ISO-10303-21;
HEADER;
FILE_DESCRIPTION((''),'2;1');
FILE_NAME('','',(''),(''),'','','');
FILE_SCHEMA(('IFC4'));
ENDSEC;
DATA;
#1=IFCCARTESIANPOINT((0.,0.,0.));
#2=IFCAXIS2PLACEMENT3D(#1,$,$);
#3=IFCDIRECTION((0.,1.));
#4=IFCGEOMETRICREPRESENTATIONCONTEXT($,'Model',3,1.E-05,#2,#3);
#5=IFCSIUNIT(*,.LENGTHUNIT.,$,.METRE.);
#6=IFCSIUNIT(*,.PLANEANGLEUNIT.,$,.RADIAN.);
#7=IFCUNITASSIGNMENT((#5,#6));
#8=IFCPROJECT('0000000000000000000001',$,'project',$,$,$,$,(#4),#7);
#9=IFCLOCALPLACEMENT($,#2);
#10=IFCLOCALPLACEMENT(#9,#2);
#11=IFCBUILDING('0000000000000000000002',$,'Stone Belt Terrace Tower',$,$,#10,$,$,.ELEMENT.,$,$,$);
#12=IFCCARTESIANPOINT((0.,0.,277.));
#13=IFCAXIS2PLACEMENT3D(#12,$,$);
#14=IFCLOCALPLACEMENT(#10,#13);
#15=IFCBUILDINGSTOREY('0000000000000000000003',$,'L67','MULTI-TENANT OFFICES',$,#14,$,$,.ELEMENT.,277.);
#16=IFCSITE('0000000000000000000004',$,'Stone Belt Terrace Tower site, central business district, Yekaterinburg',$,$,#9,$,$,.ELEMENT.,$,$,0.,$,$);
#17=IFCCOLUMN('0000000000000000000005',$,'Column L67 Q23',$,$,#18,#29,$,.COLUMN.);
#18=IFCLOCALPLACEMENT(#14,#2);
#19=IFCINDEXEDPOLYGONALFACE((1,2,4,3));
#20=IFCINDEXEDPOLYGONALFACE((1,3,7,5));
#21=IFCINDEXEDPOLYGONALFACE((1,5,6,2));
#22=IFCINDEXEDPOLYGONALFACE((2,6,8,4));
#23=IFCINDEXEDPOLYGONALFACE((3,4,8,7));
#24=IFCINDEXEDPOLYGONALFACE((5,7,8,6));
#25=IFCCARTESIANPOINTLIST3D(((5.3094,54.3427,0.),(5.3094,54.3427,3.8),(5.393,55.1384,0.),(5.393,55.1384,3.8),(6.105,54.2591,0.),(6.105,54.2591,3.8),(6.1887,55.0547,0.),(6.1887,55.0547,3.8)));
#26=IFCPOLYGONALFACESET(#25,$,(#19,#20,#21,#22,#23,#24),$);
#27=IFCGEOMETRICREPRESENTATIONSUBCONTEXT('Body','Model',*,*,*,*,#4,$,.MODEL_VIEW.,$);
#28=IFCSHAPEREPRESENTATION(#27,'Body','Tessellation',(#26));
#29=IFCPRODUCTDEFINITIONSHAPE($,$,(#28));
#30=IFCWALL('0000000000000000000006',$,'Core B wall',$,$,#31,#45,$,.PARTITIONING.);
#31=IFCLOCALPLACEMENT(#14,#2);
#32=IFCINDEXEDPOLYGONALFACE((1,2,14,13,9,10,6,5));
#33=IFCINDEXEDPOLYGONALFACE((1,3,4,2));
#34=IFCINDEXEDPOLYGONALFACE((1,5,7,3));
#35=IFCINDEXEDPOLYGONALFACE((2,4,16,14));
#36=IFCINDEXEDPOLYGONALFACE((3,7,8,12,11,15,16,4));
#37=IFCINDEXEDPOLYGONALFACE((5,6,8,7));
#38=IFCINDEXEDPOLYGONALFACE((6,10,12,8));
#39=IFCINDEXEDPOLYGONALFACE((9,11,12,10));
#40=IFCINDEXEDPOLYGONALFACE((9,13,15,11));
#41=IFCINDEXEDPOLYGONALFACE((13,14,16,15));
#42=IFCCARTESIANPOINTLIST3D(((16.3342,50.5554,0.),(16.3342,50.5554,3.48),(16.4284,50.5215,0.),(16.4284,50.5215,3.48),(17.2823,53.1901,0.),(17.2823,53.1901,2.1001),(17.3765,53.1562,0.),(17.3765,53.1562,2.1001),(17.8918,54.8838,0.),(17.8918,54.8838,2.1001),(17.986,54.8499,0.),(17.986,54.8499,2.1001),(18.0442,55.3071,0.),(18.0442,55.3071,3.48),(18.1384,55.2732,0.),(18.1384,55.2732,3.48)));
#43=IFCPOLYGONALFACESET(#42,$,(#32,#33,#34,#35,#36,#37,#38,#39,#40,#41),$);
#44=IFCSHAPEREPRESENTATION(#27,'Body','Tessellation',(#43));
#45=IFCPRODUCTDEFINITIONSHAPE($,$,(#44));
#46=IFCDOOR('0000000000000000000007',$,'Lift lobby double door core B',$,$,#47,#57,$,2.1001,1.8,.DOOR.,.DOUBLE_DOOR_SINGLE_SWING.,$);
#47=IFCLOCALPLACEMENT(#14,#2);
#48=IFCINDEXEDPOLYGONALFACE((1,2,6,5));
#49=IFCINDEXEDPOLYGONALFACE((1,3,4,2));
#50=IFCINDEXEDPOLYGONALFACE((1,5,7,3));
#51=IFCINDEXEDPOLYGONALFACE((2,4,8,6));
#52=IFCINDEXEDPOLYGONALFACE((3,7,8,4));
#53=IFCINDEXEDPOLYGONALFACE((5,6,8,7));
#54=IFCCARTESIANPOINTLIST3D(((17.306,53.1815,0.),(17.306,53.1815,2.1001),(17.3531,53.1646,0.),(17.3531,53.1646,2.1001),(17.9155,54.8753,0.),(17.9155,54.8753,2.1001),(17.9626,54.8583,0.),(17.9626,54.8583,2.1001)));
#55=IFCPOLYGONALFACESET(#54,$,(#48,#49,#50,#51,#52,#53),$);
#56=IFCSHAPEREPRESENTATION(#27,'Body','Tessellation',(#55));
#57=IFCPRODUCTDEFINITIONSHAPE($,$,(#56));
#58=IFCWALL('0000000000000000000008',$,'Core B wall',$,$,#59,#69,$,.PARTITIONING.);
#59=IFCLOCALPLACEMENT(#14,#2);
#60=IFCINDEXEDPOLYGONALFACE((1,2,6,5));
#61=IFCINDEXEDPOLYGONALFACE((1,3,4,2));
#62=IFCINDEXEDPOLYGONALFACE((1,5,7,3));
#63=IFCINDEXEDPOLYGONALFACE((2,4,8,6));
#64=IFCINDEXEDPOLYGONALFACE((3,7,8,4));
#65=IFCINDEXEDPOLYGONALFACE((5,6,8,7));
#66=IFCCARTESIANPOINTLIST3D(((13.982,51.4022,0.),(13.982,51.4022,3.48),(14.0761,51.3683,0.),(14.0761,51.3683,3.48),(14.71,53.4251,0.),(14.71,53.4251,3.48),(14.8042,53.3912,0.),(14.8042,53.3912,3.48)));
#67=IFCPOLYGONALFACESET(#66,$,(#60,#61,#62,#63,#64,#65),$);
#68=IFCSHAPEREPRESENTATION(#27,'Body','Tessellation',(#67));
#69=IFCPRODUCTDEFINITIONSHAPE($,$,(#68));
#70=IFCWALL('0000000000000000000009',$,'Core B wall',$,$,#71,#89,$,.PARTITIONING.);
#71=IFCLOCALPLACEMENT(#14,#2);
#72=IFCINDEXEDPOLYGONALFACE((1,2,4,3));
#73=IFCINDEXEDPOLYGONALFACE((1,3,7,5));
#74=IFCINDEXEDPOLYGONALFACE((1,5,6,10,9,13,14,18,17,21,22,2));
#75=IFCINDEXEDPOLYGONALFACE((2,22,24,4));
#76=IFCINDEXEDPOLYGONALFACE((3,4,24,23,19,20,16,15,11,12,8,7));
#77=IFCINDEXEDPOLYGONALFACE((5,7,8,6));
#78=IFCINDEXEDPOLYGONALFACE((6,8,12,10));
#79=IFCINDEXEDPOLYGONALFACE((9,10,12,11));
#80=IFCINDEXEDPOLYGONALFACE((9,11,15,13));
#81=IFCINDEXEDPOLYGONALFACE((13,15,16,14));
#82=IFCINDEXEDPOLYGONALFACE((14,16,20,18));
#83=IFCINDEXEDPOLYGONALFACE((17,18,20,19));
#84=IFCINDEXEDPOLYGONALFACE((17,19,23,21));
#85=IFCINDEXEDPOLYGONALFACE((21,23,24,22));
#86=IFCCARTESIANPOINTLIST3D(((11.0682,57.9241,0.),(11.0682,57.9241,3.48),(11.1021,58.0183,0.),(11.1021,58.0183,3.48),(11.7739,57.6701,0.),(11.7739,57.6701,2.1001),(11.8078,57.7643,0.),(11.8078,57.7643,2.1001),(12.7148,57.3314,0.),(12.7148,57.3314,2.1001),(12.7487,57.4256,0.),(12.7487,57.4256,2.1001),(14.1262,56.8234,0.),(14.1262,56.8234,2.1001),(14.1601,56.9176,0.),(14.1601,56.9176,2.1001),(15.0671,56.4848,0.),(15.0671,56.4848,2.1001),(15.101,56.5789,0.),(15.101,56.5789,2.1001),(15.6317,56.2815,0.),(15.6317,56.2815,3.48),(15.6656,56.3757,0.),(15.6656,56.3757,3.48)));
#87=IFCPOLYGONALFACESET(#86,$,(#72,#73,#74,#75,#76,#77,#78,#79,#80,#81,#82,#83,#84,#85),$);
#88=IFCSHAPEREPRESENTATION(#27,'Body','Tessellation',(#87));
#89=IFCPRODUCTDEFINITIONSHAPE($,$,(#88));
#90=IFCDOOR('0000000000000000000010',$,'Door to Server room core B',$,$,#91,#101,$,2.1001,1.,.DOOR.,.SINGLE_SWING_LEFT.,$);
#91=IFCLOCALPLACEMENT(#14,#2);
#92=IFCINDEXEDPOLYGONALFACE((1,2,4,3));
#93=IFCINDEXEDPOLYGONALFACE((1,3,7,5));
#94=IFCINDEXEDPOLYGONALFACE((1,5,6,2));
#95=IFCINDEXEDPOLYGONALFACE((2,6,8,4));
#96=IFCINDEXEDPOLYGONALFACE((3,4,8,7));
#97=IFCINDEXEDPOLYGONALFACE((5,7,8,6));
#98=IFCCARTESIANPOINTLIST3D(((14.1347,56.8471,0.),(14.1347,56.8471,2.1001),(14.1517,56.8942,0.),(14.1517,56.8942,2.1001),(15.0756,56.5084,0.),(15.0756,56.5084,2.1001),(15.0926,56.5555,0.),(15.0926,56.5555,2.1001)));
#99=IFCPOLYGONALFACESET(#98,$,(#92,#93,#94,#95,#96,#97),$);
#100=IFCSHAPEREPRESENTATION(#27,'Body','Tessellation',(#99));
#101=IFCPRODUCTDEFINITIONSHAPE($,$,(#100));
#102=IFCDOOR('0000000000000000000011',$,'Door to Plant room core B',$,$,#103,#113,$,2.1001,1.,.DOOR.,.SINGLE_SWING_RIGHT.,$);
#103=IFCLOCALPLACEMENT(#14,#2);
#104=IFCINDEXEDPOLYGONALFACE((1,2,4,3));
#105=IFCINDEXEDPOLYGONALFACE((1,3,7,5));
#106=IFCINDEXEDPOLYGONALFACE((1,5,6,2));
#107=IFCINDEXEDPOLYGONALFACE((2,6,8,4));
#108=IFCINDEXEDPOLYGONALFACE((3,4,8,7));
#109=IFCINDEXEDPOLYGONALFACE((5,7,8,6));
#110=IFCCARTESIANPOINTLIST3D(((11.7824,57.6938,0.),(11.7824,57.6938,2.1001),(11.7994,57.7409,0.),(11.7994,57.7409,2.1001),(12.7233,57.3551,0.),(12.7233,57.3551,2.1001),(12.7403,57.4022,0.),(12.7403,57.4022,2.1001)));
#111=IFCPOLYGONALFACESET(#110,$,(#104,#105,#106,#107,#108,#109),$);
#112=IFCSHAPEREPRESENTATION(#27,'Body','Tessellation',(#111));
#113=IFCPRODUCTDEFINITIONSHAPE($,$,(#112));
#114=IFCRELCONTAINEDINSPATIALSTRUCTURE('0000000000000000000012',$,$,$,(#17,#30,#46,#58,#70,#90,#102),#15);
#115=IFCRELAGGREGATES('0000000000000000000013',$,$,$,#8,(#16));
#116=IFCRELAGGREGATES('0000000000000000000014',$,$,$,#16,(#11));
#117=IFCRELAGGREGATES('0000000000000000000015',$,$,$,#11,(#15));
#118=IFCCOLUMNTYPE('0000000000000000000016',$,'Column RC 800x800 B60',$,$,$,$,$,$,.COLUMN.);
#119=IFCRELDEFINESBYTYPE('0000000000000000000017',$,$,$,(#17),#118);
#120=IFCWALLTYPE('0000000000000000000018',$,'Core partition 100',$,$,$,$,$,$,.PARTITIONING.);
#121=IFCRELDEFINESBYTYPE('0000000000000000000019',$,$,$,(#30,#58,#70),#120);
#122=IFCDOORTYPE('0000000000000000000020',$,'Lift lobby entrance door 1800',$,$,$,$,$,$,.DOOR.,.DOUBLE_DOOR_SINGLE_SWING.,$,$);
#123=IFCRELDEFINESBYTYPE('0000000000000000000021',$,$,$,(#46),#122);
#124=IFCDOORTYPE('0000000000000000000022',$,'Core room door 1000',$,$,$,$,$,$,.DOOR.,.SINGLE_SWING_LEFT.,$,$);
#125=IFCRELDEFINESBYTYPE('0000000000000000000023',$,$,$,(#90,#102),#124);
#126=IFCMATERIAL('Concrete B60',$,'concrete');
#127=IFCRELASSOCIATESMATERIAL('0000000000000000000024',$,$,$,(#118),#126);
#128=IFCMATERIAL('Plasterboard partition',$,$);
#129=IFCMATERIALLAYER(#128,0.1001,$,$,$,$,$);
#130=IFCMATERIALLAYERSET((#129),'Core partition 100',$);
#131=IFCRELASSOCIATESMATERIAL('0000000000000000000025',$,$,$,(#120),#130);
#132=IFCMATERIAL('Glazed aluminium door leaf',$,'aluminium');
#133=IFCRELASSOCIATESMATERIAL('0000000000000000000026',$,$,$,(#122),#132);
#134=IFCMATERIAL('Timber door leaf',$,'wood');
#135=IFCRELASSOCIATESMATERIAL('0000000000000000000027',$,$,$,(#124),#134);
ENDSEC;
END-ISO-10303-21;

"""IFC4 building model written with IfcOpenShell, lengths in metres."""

from ifc_helpers import new_model, si_unit, direction, frame, frame_2d, origin, origin_2d, place, context, subcontext, project, spatial, rectangle, extrude, material, layer, layer_set, material_profile, profile_set, type_object, element, fill, save


model = new_model("IFC4")

# Units and contexts
model_context = context("Model", 3, precision=1e-05, world=origin(), true_north=direction((0.0, 1.0)))
body_context = subcontext(model_context, "Body", "Model", "MODEL_VIEW")
ifc_project = project(units=[si_unit("LENGTHUNIT", "METRE"), si_unit("PLANEANGLEUNIT", "RADIAN")], contexts=[model_context])

# Site, building, storey
site_placement = place(None, origin())
site = spatial("IfcSite", under=ifc_project, at=site_placement, Name="Stone Belt Terrace Tower site, central business district, Yekaterinburg", CompositionType="ELEMENT", RefElevation=0.0)
building_placement = place(site_placement, origin())
building = spatial("IfcBuilding", under=site, at=building_placement, Name="Stone Belt Terrace Tower", CompositionType="ELEMENT")
storey_placement = place(building_placement, frame((0.0, 0.0, 277.0)))
storey = spatial("IfcBuildingStorey", under=building, at=storey_placement, Name="L67", Description="MULTI-TENANT OFFICES", CompositionType="ELEMENT", Elevation=277.0)

# Column
ifc_material_1 = material(Name="Concrete B60", Category="concrete")
ifc_material_profile = material_profile(ifc_material_1, rectangle(XDim=0.8, YDim=0.8, at=origin_2d()), Name="RC 800x800")
ifc_profile_set = profile_set([ifc_material_profile], Name="Concrete B60")
column_type = type_object("IfcColumnType", Name="Column RC 800x800 B60", PredefinedType="COLUMN", material=ifc_profile_set)
column_placement = place(storey_placement, frame((5.749, 54.6987, 0.0), z_axis=(0.0, 0.0, 1.0), x_axis=(0.994522, -0.104528, 0.0)))
element("IfcColumn", 1, at=column_placement, inside=storey, type_object=column_type, Name="Column L67 Q23", PredefinedType="COLUMN", context=body_context, shape_type="SweptSolid", body=[
    extrude(rectangle(XDim=0.8, YDim=0.8, at=origin_2d()), origin(), (0.0, 0.0, 1.0), 3.8),
])

# Wall, opening, door
ifc_material_2 = material(Name="Plasterboard partition")
ifc_layer_1 = layer(ifc_material_2, 0.1001)
ifc_layer_set_1 = layer_set([ifc_layer_1], Name="Core partition 100")
wall_type_1 = type_object("IfcWallType", Name="Core partition 100", PredefinedType="PARTITIONING", material=ifc_layer_set_1)
wall_1_placement = place(storey_placement, frame((16.3813, 50.5386, 0.0), z_axis=(0.0, 0.0, 1.0), x_axis=(0.338605, 0.940929, 0.0)))
wall_1 = element("IfcWall", 2, at=wall_1_placement, inside=storey, type_object=wall_type_1, Name="Core B wall", PredefinedType="PARTITIONING", context=body_context, shape_type="SweptSolid", body=[
    extrude(rectangle(XDim=5.05, YDim=0.1001, at=frame_2d((2.5249, 0.0))), origin(), (0.0, 0.0, 1.0), 3.48),
])
opening_1_placement = place(wall_1_placement, frame((2.8, 0.0, 0.0)))
opening_1 = element("IfcOpeningElement", 3, at=opening_1_placement, cuts=wall_1, PredefinedType="OPENING", context=body_context, shape_type="SweptSolid", body=[
    extrude(rectangle(XDim=1.8, YDim=2.1001, at=frame_2d((0.8999, 1.05))), frame((0.0, 0.0601, 0.0), z_axis=(0.0, -1.0, 0.0), x_axis=(1.0, 0.0, 0.0)), (0.0, 0.0, 1.0), 0.1201),
])
ifc_material_3 = material(Name="Glazed aluminium door leaf", Category="aluminium")
door_type_1 = type_object("IfcDoorType", Name="Lift lobby entrance door 1800", OperationType="DOUBLE_DOOR_SINGLE_SWING", PredefinedType="DOOR", material=ifc_material_3)
door_1_placement = place(opening_1_placement, origin())
door_1 = element("IfcDoor", 4, at=door_1_placement, inside=storey, type_object=door_type_1, Name="Lift lobby double door core B", OperationType="DOUBLE_DOOR_SINGLE_SWING", OverallHeight=2.1001, OverallWidth=1.8, PredefinedType="DOOR", context=body_context, shape_type="SweptSolid", body=[
    extrude(rectangle(XDim=1.8, YDim=2.1001, at=frame_2d((0.8999, 1.05))), frame((0.0, 0.0249, 0.0), z_axis=(0.0, -1.0, 0.0), x_axis=(1.0, 0.0, 0.0)), (0.0, 0.0, 1.0), 0.05),
])
fill(opening_1, door_1)

# Wall
wall_2_placement = place(storey_placement, frame((14.0291, 51.3853, 0.0), z_axis=(0.0, 0.0, 1.0), x_axis=(0.338623, 0.940922, 0.0)))
element("IfcWall", 5, at=wall_2_placement, inside=storey, type_object=wall_type_1, Name="Core B wall", PredefinedType="PARTITIONING", context=body_context, shape_type="SweptSolid", body=[
    extrude(rectangle(XDim=2.1499, YDim=0.1001, at=frame_2d((1.075, 0.0))), origin(), (0.0, 0.0, 1.0), 3.48),
])

# Wall, openings, doors
wall_3_placement = place(storey_placement, frame((15.6487, 56.3286, 0.0), z_axis=(0.0, 0.0, 1.0), x_axis=(-0.940905, 0.33867, 0.0)))
wall_3 = element("IfcWall", 6, at=wall_3_placement, inside=storey, type_object=wall_type_1, Name="Core B wall", PredefinedType="PARTITIONING", context=body_context, shape_type="SweptSolid", body=[
    extrude(rectangle(XDim=4.8501, YDim=0.1001, at=frame_2d((2.425, 0.0))), origin(), (0.0, 0.0, 1.0), 3.48),
])
opening_2_placement = place(wall_3_placement, frame((0.6001, 0.0, 0.0)))
opening_2 = element("IfcOpeningElement", 7, at=opening_2_placement, cuts=wall_3, PredefinedType="OPENING", context=body_context, shape_type="SweptSolid", body=[
    extrude(rectangle(XDim=1.0, YDim=2.1001, at=frame_2d((0.5, 1.05))), frame((0.0, 0.0601, 0.0), z_axis=(0.0, -1.0, 0.0), x_axis=(1.0, 0.0, 0.0)), (0.0, 0.0, 1.0), 0.1201),
])
opening_3_placement = place(wall_3_placement, frame((3.1001, 0.0, 0.0)))
opening_3 = element("IfcOpeningElement", 8, at=opening_3_placement, cuts=wall_3, PredefinedType="OPENING", context=body_context, shape_type="SweptSolid", body=[
    extrude(rectangle(XDim=1.0, YDim=2.1001, at=frame_2d((0.5, 1.05))), frame((0.0, 0.0601, 0.0), z_axis=(0.0, -1.0, 0.0), x_axis=(1.0, 0.0, 0.0)), (0.0, 0.0, 1.0), 0.1201),
])
ifc_material_4 = material(Name="Timber door leaf", Category="wood")
door_type_2 = type_object("IfcDoorType", Name="Core room door 1000", OperationType="SINGLE_SWING_LEFT", PredefinedType="DOOR", material=ifc_material_4)
door_2_placement = place(opening_2_placement, origin())
door_2 = element("IfcDoor", 9, at=door_2_placement, inside=storey, type_object=door_type_2, Name="Door to Server room core B", OperationType="SINGLE_SWING_LEFT", OverallHeight=2.1001, OverallWidth=1.0, PredefinedType="DOOR", context=body_context, shape_type="SweptSolid", body=[
    extrude(rectangle(XDim=1.0, YDim=2.1001, at=frame_2d((0.5, 1.05))), frame((0.0, 0.0249, 0.0), z_axis=(0.0, -1.0, 0.0), x_axis=(1.0, 0.0, 0.0)), (0.0, 0.0, 1.0), 0.05),
])
fill(opening_2, door_2)
door_3_placement = place(opening_3_placement, origin())
door_3 = element("IfcDoor", 10, at=door_3_placement, inside=storey, type_object=door_type_2, Name="Door to Plant room core B", OperationType="SINGLE_SWING_RIGHT", OverallHeight=2.1001, OverallWidth=1.0, PredefinedType="DOOR", context=body_context, shape_type="SweptSolid", body=[
    extrude(rectangle(XDim=1.0, YDim=2.1001, at=frame_2d((0.5, 1.05))), frame((0.0, 0.0249, 0.0), z_axis=(0.0, -1.0, 0.0), x_axis=(1.0, 0.0, 0.0)), (0.0, 0.0, 1.0), 0.05),
])
fill(opening_3, door_3)

save(model, "model.ifc")
